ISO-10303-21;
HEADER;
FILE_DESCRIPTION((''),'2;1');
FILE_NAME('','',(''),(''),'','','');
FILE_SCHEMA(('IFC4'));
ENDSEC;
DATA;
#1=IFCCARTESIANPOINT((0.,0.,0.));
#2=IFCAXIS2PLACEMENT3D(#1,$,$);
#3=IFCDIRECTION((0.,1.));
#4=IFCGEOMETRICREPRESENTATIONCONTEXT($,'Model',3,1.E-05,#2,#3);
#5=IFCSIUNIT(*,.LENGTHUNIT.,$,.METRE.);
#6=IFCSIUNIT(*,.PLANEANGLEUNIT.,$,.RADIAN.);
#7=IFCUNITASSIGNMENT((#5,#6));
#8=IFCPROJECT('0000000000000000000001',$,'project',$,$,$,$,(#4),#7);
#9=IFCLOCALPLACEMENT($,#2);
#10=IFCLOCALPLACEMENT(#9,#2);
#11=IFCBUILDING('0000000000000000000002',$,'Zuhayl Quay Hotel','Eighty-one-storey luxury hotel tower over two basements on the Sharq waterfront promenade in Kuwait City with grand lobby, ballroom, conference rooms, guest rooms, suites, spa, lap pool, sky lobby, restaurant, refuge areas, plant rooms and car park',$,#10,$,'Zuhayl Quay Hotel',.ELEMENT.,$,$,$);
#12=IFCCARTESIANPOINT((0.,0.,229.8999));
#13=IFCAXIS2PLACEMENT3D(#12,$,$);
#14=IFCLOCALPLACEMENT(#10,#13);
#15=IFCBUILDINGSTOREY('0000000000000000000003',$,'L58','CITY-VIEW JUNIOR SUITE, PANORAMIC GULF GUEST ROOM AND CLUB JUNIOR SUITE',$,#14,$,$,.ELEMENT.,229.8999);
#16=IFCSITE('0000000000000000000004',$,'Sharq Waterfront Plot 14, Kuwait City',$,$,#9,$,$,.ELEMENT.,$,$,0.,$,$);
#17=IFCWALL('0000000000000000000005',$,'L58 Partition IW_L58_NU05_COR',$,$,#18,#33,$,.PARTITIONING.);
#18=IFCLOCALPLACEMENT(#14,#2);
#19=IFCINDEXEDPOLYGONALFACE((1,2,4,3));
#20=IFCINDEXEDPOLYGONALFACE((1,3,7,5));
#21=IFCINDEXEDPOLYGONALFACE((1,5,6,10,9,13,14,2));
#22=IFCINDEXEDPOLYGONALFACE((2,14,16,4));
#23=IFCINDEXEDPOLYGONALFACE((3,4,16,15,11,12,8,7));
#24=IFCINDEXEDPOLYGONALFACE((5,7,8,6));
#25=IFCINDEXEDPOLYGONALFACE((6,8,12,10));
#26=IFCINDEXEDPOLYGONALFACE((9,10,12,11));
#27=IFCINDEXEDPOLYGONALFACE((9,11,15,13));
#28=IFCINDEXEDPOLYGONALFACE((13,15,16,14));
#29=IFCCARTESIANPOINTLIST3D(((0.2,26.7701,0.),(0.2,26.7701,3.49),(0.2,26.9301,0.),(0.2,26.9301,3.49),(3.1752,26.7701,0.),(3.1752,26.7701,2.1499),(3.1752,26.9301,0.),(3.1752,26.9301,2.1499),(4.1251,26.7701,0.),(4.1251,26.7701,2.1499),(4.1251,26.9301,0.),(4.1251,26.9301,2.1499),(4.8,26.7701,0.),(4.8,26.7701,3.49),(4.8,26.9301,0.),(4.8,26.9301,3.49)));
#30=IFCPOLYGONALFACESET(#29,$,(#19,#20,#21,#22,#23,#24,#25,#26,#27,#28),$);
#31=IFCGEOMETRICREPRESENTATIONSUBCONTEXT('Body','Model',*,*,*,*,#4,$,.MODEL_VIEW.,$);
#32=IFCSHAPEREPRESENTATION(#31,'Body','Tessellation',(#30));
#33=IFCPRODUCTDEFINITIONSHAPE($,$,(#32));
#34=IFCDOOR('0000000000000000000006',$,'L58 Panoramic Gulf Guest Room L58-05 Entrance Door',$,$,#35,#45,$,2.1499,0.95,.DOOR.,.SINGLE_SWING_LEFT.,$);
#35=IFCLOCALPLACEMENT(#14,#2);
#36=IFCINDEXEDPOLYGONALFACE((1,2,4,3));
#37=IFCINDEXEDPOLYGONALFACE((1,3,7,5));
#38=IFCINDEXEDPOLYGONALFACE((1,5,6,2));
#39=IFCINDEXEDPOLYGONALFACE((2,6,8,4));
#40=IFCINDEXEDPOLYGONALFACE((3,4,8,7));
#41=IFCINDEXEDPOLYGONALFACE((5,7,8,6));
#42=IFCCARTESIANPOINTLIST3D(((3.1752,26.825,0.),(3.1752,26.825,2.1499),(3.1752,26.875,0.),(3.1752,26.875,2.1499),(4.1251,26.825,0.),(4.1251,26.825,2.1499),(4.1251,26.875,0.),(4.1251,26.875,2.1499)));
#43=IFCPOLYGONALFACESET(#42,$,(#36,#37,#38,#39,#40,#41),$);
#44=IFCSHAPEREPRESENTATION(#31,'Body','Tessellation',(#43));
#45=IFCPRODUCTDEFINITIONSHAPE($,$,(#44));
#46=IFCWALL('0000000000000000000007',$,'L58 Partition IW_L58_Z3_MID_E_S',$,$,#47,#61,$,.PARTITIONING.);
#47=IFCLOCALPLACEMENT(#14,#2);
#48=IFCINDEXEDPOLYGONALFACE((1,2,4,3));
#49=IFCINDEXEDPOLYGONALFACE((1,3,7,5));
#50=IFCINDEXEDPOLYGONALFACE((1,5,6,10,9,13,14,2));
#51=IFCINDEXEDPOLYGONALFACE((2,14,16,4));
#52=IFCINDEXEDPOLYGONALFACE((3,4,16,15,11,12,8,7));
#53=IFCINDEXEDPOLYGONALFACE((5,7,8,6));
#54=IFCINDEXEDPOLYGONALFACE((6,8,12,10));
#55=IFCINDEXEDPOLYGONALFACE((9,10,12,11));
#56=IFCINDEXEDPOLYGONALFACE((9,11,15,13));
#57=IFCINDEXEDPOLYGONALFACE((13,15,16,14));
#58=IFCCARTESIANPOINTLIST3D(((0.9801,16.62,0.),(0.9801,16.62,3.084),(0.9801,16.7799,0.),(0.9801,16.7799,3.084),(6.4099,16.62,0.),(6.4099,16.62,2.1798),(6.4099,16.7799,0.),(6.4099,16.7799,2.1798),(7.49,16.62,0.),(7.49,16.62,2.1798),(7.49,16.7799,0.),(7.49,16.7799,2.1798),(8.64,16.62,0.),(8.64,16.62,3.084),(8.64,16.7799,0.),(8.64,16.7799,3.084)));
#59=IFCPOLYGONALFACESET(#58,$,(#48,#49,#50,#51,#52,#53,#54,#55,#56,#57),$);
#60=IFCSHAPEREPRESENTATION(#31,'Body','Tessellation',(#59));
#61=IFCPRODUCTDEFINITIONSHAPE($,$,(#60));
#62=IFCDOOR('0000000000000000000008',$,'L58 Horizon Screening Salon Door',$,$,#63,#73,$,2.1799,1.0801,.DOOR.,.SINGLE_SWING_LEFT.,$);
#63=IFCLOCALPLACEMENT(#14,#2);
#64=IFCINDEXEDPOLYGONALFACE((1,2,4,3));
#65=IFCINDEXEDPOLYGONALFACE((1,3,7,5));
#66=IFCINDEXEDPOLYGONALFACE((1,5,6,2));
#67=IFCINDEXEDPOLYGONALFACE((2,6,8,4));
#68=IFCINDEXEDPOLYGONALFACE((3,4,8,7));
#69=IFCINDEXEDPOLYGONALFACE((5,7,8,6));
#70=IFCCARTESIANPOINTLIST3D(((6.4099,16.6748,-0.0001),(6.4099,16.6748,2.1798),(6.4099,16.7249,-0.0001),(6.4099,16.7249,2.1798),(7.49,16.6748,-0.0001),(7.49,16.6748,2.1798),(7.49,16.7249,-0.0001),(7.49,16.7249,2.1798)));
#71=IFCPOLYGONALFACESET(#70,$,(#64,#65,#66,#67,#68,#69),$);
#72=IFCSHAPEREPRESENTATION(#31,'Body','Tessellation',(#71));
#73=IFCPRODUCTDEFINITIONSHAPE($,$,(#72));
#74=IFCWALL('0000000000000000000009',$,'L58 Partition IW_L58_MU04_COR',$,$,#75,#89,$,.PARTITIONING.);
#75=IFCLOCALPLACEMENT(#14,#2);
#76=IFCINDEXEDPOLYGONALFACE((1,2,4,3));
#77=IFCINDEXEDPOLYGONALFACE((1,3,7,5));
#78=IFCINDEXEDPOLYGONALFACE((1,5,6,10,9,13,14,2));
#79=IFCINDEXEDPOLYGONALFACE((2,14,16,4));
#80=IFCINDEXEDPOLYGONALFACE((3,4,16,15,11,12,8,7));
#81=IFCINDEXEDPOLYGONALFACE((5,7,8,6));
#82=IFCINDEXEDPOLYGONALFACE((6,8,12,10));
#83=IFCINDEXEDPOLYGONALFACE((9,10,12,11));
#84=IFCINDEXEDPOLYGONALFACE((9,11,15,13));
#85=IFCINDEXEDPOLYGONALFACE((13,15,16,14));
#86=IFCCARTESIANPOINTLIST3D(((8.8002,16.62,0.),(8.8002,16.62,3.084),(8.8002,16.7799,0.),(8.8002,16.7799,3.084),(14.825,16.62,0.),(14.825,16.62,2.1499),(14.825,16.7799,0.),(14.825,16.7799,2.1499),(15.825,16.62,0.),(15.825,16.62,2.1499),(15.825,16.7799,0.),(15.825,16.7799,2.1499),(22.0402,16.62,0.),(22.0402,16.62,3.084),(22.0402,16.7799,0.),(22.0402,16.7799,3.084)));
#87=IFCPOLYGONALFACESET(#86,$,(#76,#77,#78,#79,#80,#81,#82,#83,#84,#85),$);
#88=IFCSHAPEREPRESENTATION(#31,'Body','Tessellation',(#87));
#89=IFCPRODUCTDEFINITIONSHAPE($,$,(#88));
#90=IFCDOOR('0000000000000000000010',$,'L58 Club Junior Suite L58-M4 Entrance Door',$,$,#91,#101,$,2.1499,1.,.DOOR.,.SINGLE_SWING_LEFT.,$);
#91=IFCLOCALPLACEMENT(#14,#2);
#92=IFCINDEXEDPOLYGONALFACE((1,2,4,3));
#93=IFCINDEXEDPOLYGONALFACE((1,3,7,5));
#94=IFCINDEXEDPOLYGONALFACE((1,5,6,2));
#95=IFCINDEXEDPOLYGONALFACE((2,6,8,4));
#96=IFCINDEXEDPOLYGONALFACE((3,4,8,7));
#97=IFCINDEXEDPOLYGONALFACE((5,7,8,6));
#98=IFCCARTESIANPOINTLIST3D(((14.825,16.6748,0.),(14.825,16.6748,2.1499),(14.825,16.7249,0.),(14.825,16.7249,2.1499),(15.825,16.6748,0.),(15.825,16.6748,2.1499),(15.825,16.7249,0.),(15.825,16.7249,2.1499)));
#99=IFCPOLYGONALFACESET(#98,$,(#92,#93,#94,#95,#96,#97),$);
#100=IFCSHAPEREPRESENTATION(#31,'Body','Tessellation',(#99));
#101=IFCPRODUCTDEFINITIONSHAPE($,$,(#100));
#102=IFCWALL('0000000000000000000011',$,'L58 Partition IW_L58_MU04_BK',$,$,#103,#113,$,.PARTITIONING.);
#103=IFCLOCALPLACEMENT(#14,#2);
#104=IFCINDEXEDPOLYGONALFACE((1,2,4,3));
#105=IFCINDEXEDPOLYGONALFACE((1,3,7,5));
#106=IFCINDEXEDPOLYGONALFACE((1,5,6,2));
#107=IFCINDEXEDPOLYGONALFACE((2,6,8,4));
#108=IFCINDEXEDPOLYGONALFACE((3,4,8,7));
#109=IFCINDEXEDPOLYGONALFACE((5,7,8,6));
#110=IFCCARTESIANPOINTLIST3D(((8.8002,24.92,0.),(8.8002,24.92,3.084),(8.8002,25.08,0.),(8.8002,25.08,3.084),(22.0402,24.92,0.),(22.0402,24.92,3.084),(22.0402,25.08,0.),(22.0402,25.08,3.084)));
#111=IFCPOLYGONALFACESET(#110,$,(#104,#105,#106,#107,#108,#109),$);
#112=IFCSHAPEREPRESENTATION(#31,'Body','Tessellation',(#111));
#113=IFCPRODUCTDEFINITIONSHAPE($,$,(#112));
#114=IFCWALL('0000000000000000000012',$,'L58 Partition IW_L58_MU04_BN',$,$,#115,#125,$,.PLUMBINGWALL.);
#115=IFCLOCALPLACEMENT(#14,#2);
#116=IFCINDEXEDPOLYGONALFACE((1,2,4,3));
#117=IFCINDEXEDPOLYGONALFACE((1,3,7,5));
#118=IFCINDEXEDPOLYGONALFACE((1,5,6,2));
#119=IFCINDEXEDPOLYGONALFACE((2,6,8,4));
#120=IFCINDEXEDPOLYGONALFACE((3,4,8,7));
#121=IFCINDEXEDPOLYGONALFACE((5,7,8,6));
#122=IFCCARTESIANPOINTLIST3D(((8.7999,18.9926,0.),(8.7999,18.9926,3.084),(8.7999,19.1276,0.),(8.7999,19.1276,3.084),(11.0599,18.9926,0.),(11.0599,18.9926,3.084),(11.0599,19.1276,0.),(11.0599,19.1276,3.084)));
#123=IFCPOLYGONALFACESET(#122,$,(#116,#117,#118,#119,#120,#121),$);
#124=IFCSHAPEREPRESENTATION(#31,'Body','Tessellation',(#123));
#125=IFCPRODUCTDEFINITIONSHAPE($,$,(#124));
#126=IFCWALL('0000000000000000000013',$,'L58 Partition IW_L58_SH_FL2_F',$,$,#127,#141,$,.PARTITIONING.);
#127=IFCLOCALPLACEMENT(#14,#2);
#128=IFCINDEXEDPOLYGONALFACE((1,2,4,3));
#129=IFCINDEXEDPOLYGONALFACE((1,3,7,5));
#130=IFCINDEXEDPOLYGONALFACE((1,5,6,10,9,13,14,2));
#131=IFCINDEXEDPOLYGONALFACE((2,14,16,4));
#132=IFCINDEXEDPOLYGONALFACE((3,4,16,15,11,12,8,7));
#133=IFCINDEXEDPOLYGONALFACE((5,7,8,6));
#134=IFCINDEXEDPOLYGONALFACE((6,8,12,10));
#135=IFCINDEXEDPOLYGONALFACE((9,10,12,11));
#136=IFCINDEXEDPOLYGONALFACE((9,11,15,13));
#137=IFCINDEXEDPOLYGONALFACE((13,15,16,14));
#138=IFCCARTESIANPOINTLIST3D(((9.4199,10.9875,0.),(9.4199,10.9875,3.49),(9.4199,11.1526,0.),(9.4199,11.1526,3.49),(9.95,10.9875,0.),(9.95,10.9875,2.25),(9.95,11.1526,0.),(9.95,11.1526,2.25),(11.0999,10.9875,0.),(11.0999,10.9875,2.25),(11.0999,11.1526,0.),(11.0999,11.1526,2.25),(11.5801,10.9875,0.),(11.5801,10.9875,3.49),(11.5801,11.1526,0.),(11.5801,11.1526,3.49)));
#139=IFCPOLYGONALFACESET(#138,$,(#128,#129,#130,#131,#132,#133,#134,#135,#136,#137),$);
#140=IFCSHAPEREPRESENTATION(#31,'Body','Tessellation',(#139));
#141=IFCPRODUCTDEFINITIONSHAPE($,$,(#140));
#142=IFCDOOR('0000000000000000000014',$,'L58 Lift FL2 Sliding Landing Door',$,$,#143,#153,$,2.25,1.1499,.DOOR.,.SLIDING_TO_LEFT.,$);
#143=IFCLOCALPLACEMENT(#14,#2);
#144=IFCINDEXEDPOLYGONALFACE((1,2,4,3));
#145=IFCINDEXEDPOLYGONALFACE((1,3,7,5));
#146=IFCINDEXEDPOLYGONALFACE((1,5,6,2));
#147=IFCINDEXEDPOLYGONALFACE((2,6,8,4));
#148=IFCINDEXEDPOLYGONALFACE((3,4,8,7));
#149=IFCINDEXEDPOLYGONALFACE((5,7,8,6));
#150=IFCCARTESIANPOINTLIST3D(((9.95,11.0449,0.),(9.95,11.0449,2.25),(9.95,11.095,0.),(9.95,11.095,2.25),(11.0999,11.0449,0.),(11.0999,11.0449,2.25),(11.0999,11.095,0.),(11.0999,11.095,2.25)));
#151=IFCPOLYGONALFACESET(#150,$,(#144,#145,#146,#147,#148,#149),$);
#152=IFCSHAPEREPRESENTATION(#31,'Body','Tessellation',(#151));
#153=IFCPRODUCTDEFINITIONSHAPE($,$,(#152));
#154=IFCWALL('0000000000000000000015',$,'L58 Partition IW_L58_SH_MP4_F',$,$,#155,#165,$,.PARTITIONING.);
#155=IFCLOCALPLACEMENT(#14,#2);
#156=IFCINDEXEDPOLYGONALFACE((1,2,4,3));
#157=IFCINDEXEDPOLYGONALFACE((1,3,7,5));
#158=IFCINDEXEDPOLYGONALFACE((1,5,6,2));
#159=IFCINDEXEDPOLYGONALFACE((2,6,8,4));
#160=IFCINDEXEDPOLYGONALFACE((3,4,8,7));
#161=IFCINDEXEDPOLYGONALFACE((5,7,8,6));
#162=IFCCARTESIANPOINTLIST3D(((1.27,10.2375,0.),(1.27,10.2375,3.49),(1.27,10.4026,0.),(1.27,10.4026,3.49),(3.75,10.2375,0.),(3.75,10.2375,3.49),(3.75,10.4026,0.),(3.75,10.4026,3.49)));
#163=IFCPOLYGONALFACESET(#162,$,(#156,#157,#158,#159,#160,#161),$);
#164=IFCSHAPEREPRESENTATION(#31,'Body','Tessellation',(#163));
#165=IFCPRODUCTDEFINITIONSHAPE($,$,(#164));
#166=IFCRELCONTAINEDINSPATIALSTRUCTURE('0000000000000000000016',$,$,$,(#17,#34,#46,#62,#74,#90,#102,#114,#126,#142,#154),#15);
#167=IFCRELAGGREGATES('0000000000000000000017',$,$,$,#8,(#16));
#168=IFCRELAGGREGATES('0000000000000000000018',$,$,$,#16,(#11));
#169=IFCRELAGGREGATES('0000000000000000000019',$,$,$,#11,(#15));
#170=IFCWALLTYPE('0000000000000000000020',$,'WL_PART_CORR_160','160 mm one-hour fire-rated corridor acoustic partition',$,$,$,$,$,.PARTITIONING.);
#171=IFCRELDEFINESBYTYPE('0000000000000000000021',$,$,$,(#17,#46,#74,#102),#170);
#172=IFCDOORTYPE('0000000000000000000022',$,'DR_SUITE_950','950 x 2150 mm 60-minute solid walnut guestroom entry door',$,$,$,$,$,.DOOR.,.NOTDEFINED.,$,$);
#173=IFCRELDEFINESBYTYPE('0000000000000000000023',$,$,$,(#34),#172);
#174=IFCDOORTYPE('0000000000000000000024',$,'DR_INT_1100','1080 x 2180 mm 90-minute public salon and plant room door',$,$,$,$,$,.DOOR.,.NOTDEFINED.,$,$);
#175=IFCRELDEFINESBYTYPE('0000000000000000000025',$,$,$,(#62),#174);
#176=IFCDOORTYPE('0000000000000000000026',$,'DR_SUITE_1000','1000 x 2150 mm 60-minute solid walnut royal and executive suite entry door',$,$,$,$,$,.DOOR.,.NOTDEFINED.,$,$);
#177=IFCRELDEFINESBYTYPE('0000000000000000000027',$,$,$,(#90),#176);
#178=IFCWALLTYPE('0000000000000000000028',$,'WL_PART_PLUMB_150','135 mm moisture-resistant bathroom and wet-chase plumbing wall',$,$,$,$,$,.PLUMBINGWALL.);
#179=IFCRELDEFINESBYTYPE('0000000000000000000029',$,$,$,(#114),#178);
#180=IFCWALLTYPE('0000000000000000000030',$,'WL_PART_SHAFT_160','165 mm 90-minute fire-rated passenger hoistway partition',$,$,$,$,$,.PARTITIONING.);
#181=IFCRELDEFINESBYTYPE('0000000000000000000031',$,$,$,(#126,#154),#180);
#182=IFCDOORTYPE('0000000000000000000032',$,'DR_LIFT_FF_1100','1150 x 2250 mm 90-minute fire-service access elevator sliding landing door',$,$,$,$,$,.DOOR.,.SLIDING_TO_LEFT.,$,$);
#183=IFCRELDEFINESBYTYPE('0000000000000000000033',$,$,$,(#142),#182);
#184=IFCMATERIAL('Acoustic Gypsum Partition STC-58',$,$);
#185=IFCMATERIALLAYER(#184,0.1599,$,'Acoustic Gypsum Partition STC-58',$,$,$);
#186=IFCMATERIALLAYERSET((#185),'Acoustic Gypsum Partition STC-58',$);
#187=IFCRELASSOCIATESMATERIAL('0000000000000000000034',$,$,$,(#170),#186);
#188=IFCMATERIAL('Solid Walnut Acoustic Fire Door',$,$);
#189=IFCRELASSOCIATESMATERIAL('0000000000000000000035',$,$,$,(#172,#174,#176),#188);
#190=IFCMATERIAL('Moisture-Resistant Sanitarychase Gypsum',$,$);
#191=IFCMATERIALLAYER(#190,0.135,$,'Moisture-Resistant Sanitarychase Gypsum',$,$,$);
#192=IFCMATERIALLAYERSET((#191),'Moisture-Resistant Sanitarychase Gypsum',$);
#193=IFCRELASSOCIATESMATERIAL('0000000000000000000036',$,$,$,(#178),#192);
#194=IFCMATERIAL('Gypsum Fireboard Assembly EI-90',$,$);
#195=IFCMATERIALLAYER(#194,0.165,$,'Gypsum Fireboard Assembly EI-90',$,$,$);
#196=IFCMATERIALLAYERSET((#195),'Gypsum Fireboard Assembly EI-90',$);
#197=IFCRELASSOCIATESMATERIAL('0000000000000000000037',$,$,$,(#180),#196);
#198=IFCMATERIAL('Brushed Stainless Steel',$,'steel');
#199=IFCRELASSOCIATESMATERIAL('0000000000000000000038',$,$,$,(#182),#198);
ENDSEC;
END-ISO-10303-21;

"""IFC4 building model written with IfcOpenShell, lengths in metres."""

from ifc_helpers import new_model, si_unit, direction, frame, frame_2d, origin, place, context, subcontext, project, spatial, rectangle, extrude, material, layer, layer_set, type_object, element, fill, save


model = new_model("IFC4")

# Units and contexts
model_context = context("Model", 3, precision=1e-05, world=origin(), true_north=direction((0.0, 1.0)))
body_context = subcontext(model_context, "Body", "Model", "MODEL_VIEW")
ifc_project = project(units=[si_unit("LENGTHUNIT", "METRE"), si_unit("PLANEANGLEUNIT", "RADIAN")], contexts=[model_context])

# Site, building, storey
site_placement = place(None, origin())
site = spatial("IfcSite", under=ifc_project, at=site_placement, Name="Sharq Waterfront Plot 14, Kuwait City", CompositionType="ELEMENT", RefElevation=0.0)
building_placement = place(site_placement, origin())
building = spatial("IfcBuilding", under=site, at=building_placement, Name="Zuhayl Quay Hotel", Description="Eighty-one-storey luxury hotel tower over two basements on the Sharq waterfront promenade in Kuwait City with grand lobby, ballroom, conference rooms, guest rooms, suites, spa, lap pool, sky lobby, restaurant, refuge areas, plant rooms and car park", LongName="Zuhayl Quay Hotel", CompositionType="ELEMENT")
storey_placement = place(building_placement, frame((0.0, 0.0, 229.8999)))
storey = spatial("IfcBuildingStorey", under=building, at=storey_placement, Name="L58", Description="CITY-VIEW JUNIOR SUITE, PANORAMIC GULF GUEST ROOM AND CLUB JUNIOR SUITE", CompositionType="ELEMENT", Elevation=229.8999)

# Shared definitions
ifc_material_1 = material(Name="Acoustic Gypsum Partition STC-58")

# Walls, openings, doors
ifc_layer_1 = layer(ifc_material_1, 0.1599, Name="Acoustic Gypsum Partition STC-58")
ifc_layer_set_1 = layer_set([ifc_layer_1], Name="Acoustic Gypsum Partition STC-58")
wall_type_1 = type_object("IfcWallType", Name="WL_PART_CORR_160", Description="160 mm one-hour fire-rated corridor acoustic partition", PredefinedType="PARTITIONING", material=ifc_layer_set_1)
wall_1_placement = place(storey_placement, frame((0.2, 26.8501, 0.0), z_axis=(0.0, 0.0, 1.0), x_axis=(1.0, 0.0, 0.0)))
wall_1 = element("IfcWall", 1, at=wall_1_placement, inside=storey, type_object=wall_type_1, Name="L58 Partition IW_L58_NU05_COR", PredefinedType="PARTITIONING", context=body_context, shape_type="SweptSolid", body=[
    extrude(rectangle(XDim=4.6001, YDim=0.1599, at=frame_2d((2.3, 0.0))), origin(), (0.0, 0.0, 1.0), 3.49),
])
opening_1_placement = place(wall_1_placement, frame((2.9751, 0.0, 0.0)))
opening_1 = element("IfcOpeningElement", 2, at=opening_1_placement, cuts=wall_1, PredefinedType="OPENING", context=body_context, shape_type="SweptSolid", body=[
    extrude(rectangle(XDim=0.95, YDim=2.1499, at=frame_2d((0.4751, 1.075))), frame((0.0, 0.0898, 0.0), z_axis=(0.0, -1.0, 0.0), x_axis=(1.0, 0.0, 0.0)), (0.0, 0.0, 1.0), 0.1799),
])
ifc_material_2 = material(Name="Solid Walnut Acoustic Fire Door")
door_type_1 = type_object("IfcDoorType", Name="DR_SUITE_950", Description="950 x 2150 mm 60-minute solid walnut guestroom entry door", OperationType="NOTDEFINED", PredefinedType="DOOR", material=ifc_material_2)
door_1_placement = place(opening_1_placement, origin())
door_1 = element("IfcDoor", 3, at=door_1_placement, inside=storey, type_object=door_type_1, Name="L58 Panoramic Gulf Guest Room L58-05 Entrance Door", OperationType="SINGLE_SWING_LEFT", OverallHeight=2.1499, OverallWidth=0.95, PredefinedType="DOOR", context=body_context, shape_type="SweptSolid", body=[
    extrude(rectangle(XDim=0.95, YDim=2.1499, at=frame_2d((0.4751, 1.075))), frame((0.0, 0.0249, 0.0), z_axis=(0.0, -1.0, 0.0), x_axis=(1.0, 0.0, 0.0)), (0.0, 0.0, 1.0), 0.05),
])
fill(opening_1, door_1)
wall_2_placement = place(storey_placement, frame((0.98, 16.7, 0.0), z_axis=(0.0, 0.0, 1.0), x_axis=(1.0, 0.0, 0.0)))
wall_2 = element("IfcWall", 4, at=wall_2_placement, inside=storey, type_object=wall_type_1, Name="L58 Partition IW_L58_Z3_MID_E_S", PredefinedType="PARTITIONING", context=body_context, shape_type="SweptSolid", body=[
    extrude(rectangle(XDim=7.6599, YDim=0.1599, at=frame_2d((3.8301, 0.0))), origin(), (0.0, 0.0, 1.0), 3.084),
])
opening_2_placement = place(wall_2_placement, frame((5.4299, 0.0, 0.0)))
opening_2 = element("IfcOpeningElement", 5, at=opening_2_placement, cuts=wall_2, PredefinedType="OPENING", context=body_context, shape_type="SweptSolid", body=[
    extrude(rectangle(XDim=1.0801, YDim=2.1799, at=frame_2d((0.54, 1.0898))), frame((0.0, 0.0898, 0.0), z_axis=(0.0, -1.0, 0.0), x_axis=(1.0, 0.0, 0.0)), (0.0, 0.0, 1.0), 0.1799),
])
door_type_2 = type_object("IfcDoorType", Name="DR_INT_1100", Description="1080 x 2180 mm 90-minute public salon and plant room door", OperationType="NOTDEFINED", PredefinedType="DOOR", material=ifc_material_2)
door_2_placement = place(opening_2_placement, origin())
door_2 = element("IfcDoor", 6, at=door_2_placement, inside=storey, type_object=door_type_2, Name="L58 Horizon Screening Salon Door", OperationType="SINGLE_SWING_LEFT", OverallHeight=2.1799, OverallWidth=1.0801, PredefinedType="DOOR", context=body_context, shape_type="SweptSolid", body=[
    extrude(rectangle(XDim=1.0801, YDim=2.1799, at=frame_2d((0.54, 1.0898))), frame((0.0, 0.0249, 0.0), z_axis=(0.0, -1.0, 0.0), x_axis=(1.0, 0.0, 0.0)), (0.0, 0.0, 1.0), 0.05),
])
fill(opening_2, door_2)
wall_3_placement = place(storey_placement, frame((8.8, 16.7, 0.0), z_axis=(0.0, 0.0, 1.0), x_axis=(1.0, 0.0, 0.0)))
wall_3 = element("IfcWall", 7, at=wall_3_placement, inside=storey, type_object=wall_type_1, Name="L58 Partition IW_L58_MU04_COR", PredefinedType="PARTITIONING", context=body_context, shape_type="SweptSolid", body=[
    extrude(rectangle(XDim=13.24, YDim=0.1599, at=frame_2d((6.6201, 0.0))), origin(), (0.0, 0.0, 1.0), 3.084),
])
opening_3_placement = place(wall_3_placement, frame((6.0249, 0.0, 0.0)))
opening_3 = element("IfcOpeningElement", 8, at=opening_3_placement, cuts=wall_3, PredefinedType="OPENING", context=body_context, shape_type="SweptSolid", body=[
    extrude(rectangle(XDim=1.0, YDim=2.1499, at=frame_2d((0.5, 1.075))), frame((0.0, 0.0898, 0.0), z_axis=(0.0, -1.0, 0.0), x_axis=(1.0, 0.0, 0.0)), (0.0, 0.0, 1.0), 0.1799),
])
door_type_3 = type_object("IfcDoorType", Name="DR_SUITE_1000", Description="1000 x 2150 mm 60-minute solid walnut royal and executive suite entry door", OperationType="NOTDEFINED", PredefinedType="DOOR", material=ifc_material_2)
door_3_placement = place(opening_3_placement, origin())
door_3 = element("IfcDoor", 9, at=door_3_placement, inside=storey, type_object=door_type_3, Name="L58 Club Junior Suite L58-M4 Entrance Door", OperationType="SINGLE_SWING_LEFT", OverallHeight=2.1499, OverallWidth=1.0, PredefinedType="DOOR", context=body_context, shape_type="SweptSolid", body=[
    extrude(rectangle(XDim=1.0, YDim=2.1499, at=frame_2d((0.5, 1.075))), frame((0.0, 0.0249, 0.0), z_axis=(0.0, -1.0, 0.0), x_axis=(1.0, 0.0, 0.0)), (0.0, 0.0, 1.0), 0.05),
])
fill(opening_3, door_3)

# Walls
wall_4_placement = place(storey_placement, frame((8.8, 25.0, 0.0), z_axis=(0.0, 0.0, 1.0), x_axis=(1.0, 0.0, 0.0)))
element("IfcWall", 10, at=wall_4_placement, inside=storey, type_object=wall_type_1, Name="L58 Partition IW_L58_MU04_BK", PredefinedType="PARTITIONING", context=body_context, shape_type="SweptSolid", body=[
    extrude(rectangle(XDim=13.24, YDim=0.1599, at=frame_2d((6.6201, 0.0))), origin(), (0.0, 0.0, 1.0), 3.084),
])
ifc_material_3 = material(Name="Moisture-Resistant Sanitarychase Gypsum")
ifc_layer_2 = layer(ifc_material_3, 0.135, Name="Moisture-Resistant Sanitarychase Gypsum")
ifc_layer_set_2 = layer_set([ifc_layer_2], Name="Moisture-Resistant Sanitarychase Gypsum")
wall_type_2 = type_object("IfcWallType", Name="WL_PART_PLUMB_150", Description="135 mm moisture-resistant bathroom and wet-chase plumbing wall", PredefinedType="PLUMBINGWALL", material=ifc_layer_set_2)
wall_5_placement = place(storey_placement, frame((8.8, 19.0601, 0.0), z_axis=(0.0, 0.0, 1.0), x_axis=(1.0, 0.0, 0.0)))
element("IfcWall", 11, at=wall_5_placement, inside=storey, type_object=wall_type_2, Name="L58 Partition IW_L58_MU04_BN", PredefinedType="PLUMBINGWALL", context=body_context, shape_type="SweptSolid", body=[
    extrude(rectangle(XDim=2.26, YDim=0.135, at=frame_2d((1.1299, 0.0))), origin(), (0.0, 0.0, 1.0), 3.084),
])

# Wall, opening, door
ifc_material_4 = material(Name="Gypsum Fireboard Assembly EI-90")
ifc_layer_3 = layer(ifc_material_4, 0.165, Name="Gypsum Fireboard Assembly EI-90")
ifc_layer_set_3 = layer_set([ifc_layer_3], Name="Gypsum Fireboard Assembly EI-90")
wall_type_3 = type_object("IfcWallType", Name="WL_PART_SHAFT_160", Description="165 mm 90-minute fire-rated passenger hoistway partition", PredefinedType="PARTITIONING", material=ifc_layer_set_3)
wall_6_placement = place(storey_placement, frame((9.4199, 11.0701, 0.0), z_axis=(0.0, 0.0, 1.0), x_axis=(1.0, 0.0, 0.0)))
wall_6 = element("IfcWall", 12, at=wall_6_placement, inside=storey, type_object=wall_type_3, Name="L58 Partition IW_L58_SH_FL2_F", PredefinedType="PARTITIONING", context=body_context, shape_type="SweptSolid", body=[
    extrude(rectangle(XDim=2.1602, YDim=0.165, at=frame_2d((1.0801, 0.0))), origin(), (0.0, 0.0, 1.0), 3.49),
])
opening_4_placement = place(wall_6_placement, frame((0.53, 0.0, 0.0)))
opening_4 = element("IfcOpeningElement", 13, at=opening_4_placement, cuts=wall_6, PredefinedType="OPENING", context=body_context, shape_type="SweptSolid", body=[
    extrude(rectangle(XDim=1.1499, YDim=2.25, at=frame_2d((0.575, 1.125))), frame((0.0, 0.0925, 0.0), z_axis=(0.0, -1.0, 0.0), x_axis=(1.0, 0.0, 0.0)), (0.0, 0.0, 1.0), 0.1851),
])
ifc_material_5 = material(Name="Brushed Stainless Steel", Category="steel")
door_type_4 = type_object("IfcDoorType", Name="DR_LIFT_FF_1100", Description="1150 x 2250 mm 90-minute fire-service access elevator sliding landing door", OperationType="SLIDING_TO_LEFT", PredefinedType="DOOR", material=ifc_material_5)
door_4_placement = place(opening_4_placement, origin())
door_4 = element("IfcDoor", 14, at=door_4_placement, inside=storey, type_object=door_type_4, Name="L58 Lift FL2 Sliding Landing Door", OperationType="SLIDING_TO_LEFT", OverallHeight=2.25, OverallWidth=1.1499, PredefinedType="DOOR", context=body_context, shape_type="SweptSolid", body=[
    extrude(rectangle(XDim=1.1499, YDim=2.25, at=frame_2d((0.575, 1.125))), frame((0.0, 0.0249, 0.0), z_axis=(0.0, -1.0, 0.0), x_axis=(1.0, 0.0, 0.0)), (0.0, 0.0, 1.0), 0.05),
])
fill(opening_4, door_4)

# Wall
wall_7_placement = place(storey_placement, frame((1.27, 10.3201, 0.0), z_axis=(0.0, 0.0, 1.0), x_axis=(1.0, 0.0, 0.0)))
element("IfcWall", 15, at=wall_7_placement, inside=storey, type_object=wall_type_3, Name="L58 Partition IW_L58_SH_MP4_F", PredefinedType="PARTITIONING", context=body_context, shape_type="SweptSolid", body=[
    extrude(rectangle(XDim=2.48, YDim=0.165, at=frame_2d((1.24, 0.0))), origin(), (0.0, 0.0, 1.0), 3.49),
])

save(model, "model.ifc")
